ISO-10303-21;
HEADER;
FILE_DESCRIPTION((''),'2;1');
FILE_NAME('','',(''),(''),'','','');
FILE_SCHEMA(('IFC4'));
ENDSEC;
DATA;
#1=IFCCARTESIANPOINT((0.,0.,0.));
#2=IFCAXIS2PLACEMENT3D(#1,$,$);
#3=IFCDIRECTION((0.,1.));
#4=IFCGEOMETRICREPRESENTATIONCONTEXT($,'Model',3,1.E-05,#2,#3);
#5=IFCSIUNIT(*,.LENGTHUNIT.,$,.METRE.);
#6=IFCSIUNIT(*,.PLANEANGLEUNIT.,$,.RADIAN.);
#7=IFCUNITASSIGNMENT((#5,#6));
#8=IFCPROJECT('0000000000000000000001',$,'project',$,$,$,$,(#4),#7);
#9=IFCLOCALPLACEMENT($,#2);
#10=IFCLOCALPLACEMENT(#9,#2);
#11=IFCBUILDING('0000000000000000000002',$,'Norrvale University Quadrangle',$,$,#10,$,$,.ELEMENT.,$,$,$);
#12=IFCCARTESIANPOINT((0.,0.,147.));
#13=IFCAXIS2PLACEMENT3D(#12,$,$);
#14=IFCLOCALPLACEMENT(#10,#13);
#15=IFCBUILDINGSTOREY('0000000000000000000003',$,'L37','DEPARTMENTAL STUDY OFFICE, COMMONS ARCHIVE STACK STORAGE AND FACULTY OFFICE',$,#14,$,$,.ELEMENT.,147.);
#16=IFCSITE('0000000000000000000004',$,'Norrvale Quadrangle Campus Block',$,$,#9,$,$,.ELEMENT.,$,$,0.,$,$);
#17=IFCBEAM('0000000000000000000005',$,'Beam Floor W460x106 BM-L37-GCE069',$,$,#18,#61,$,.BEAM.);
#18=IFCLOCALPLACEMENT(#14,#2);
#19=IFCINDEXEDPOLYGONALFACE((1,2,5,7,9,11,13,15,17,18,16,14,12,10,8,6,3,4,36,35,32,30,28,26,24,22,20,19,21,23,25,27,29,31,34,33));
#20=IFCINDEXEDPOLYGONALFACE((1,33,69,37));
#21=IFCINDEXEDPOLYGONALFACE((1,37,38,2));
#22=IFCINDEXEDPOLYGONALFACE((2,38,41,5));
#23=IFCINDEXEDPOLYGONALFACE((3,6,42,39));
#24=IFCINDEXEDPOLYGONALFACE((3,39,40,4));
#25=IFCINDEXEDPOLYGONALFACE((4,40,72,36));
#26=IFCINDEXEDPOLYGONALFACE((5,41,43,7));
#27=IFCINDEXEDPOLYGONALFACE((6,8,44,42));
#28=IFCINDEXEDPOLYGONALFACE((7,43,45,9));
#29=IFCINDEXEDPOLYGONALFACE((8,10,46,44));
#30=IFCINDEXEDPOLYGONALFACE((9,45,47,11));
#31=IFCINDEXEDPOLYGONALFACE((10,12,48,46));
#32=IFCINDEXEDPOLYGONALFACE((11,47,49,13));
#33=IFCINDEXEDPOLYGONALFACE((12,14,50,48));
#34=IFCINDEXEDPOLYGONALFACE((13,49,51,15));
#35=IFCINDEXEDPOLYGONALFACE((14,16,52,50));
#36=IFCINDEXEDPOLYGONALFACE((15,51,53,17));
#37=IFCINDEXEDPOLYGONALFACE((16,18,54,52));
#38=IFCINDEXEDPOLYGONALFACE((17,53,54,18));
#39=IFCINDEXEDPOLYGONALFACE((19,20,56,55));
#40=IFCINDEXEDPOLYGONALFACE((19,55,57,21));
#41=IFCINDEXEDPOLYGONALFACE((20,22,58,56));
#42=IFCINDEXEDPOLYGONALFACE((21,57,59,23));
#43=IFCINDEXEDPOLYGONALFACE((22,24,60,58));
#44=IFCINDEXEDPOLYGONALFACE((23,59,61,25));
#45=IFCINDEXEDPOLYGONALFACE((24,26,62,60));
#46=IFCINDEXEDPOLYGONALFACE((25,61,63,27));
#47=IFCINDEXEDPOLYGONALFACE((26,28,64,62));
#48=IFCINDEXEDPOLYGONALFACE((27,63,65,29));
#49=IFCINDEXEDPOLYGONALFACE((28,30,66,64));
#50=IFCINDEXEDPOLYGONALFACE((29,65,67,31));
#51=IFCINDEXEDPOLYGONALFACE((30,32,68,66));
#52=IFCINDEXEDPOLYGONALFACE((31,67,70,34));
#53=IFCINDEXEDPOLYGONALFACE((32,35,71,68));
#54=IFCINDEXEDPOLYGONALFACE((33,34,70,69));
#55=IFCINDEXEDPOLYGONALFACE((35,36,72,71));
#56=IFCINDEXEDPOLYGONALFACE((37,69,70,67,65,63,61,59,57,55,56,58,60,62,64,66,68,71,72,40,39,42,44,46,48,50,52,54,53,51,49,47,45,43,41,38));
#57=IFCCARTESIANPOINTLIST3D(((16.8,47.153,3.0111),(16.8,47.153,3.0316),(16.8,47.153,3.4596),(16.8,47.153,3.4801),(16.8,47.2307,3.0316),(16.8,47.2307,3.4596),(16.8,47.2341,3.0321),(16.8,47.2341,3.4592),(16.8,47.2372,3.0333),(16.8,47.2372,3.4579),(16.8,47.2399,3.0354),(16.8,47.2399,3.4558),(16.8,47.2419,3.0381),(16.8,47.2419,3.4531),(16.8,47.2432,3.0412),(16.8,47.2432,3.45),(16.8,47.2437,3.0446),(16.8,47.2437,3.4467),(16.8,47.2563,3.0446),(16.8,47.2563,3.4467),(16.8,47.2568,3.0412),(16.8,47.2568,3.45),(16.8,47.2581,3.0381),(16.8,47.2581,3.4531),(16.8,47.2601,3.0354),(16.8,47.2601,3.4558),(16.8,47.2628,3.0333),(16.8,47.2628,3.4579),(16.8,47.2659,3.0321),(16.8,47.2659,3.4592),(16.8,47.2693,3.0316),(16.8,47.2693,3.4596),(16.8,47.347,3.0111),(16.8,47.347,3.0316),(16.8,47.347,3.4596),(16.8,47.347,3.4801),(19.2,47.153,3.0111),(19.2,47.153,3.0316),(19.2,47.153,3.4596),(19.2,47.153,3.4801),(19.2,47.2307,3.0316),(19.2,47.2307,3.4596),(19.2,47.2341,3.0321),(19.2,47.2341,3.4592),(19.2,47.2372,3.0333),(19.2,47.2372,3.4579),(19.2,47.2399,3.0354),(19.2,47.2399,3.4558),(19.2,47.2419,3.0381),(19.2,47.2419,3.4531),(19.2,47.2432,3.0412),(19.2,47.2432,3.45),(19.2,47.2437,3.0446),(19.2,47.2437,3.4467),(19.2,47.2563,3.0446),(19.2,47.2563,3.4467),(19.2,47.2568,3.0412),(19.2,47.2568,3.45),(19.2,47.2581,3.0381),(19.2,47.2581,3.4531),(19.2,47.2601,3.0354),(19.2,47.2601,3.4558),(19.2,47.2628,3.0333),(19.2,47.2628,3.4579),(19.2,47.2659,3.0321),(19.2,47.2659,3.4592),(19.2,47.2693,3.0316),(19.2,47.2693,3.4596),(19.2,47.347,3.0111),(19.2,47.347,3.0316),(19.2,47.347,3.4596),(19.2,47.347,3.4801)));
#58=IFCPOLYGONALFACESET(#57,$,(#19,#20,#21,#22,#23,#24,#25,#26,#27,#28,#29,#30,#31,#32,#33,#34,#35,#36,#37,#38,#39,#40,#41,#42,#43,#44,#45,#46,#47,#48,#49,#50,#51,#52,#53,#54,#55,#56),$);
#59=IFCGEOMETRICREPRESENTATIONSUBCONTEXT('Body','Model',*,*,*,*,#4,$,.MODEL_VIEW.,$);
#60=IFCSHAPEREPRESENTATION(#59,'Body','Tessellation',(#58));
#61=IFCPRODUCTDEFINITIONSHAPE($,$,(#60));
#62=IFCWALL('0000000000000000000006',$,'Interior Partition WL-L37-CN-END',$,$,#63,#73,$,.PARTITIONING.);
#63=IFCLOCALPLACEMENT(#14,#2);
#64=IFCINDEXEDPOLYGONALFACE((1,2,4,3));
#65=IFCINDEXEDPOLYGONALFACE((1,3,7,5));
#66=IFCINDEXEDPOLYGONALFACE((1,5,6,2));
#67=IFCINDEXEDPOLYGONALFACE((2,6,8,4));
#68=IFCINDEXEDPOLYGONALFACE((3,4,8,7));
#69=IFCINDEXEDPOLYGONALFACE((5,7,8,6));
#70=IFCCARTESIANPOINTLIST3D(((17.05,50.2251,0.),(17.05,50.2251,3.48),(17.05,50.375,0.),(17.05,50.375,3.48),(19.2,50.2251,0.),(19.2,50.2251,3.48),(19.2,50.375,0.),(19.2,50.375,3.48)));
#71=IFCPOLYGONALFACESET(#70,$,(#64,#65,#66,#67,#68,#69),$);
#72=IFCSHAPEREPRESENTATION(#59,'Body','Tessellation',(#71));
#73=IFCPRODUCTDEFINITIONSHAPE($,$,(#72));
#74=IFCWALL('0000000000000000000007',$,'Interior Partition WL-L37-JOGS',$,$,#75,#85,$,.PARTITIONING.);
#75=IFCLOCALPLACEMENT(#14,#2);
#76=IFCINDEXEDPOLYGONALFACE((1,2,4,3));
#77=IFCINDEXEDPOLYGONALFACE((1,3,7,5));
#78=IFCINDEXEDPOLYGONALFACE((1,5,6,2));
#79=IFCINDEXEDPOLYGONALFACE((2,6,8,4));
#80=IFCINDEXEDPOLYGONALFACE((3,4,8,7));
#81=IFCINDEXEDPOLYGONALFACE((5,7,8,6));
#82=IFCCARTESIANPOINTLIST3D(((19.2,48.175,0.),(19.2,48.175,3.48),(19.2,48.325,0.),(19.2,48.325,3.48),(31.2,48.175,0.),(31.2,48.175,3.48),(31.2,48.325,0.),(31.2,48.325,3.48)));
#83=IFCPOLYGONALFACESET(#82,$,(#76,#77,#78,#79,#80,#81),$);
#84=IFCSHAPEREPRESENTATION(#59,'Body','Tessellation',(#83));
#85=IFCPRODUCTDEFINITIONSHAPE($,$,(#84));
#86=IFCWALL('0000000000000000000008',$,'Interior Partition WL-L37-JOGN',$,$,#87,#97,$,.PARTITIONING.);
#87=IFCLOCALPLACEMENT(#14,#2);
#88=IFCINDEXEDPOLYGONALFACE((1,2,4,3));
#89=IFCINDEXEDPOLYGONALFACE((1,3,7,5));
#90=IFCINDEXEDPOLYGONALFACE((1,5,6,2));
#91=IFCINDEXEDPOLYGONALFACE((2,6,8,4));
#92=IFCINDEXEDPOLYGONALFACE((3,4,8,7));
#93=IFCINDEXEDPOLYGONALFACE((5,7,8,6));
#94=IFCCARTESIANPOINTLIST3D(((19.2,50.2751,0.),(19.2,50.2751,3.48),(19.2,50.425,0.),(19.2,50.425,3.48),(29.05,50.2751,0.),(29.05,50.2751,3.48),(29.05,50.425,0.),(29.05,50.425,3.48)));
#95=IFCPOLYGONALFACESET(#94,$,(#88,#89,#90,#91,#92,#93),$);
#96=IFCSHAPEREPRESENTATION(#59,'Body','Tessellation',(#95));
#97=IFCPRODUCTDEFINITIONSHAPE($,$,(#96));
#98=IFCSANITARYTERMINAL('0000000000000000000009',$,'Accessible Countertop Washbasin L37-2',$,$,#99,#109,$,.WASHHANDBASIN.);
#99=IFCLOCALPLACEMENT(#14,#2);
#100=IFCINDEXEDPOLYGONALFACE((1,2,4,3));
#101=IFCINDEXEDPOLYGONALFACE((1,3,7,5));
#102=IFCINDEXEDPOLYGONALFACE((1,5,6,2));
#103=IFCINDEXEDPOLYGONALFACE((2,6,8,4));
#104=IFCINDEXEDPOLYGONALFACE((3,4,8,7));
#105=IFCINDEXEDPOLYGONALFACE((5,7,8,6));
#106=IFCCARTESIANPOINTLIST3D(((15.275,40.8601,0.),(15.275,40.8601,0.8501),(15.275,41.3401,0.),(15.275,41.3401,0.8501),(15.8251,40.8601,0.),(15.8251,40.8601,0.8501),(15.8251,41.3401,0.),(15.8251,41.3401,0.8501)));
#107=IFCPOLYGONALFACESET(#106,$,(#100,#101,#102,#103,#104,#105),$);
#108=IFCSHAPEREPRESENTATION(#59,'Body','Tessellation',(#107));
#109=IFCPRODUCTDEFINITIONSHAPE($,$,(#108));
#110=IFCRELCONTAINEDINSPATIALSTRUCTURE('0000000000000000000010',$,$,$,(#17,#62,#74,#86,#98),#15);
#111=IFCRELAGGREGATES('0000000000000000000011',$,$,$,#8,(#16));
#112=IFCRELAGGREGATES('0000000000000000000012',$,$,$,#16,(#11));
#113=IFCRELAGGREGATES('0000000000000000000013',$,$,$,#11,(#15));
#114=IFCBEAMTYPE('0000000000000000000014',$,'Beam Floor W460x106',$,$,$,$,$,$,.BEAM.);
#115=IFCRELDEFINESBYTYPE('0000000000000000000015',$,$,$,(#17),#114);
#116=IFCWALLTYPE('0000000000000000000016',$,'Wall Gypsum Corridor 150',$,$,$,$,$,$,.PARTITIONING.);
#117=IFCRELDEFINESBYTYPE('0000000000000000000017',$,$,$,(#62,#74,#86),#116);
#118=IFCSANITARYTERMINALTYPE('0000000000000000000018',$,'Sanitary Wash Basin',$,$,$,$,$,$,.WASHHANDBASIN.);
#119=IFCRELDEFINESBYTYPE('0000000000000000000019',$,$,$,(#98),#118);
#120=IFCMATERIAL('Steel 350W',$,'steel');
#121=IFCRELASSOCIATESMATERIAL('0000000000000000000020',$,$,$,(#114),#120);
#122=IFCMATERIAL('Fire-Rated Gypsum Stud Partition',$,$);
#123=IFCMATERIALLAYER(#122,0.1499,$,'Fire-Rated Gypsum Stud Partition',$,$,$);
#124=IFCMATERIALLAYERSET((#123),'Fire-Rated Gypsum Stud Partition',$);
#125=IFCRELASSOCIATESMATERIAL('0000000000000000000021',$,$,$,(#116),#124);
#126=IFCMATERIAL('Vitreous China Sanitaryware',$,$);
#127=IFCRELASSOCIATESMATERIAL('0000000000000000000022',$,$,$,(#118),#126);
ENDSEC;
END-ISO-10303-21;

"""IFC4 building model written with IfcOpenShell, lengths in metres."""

from ifc_helpers import new_model, si_unit, direction, frame, frame_2d, origin, origin_2d, place, context, subcontext, project, spatial, rectangle, i_section, extrude, material, layer, layer_set, material_profile, profile_set, type_object, element, save


model = new_model("IFC4")

# Units and contexts
model_context = context("Model", 3, precision=1e-05, world=origin(), true_north=direction((0.0, 1.0)))
body_context = subcontext(model_context, "Body", "Model", "MODEL_VIEW")
ifc_project = project(units=[si_unit("LENGTHUNIT", "METRE"), si_unit("PLANEANGLEUNIT", "RADIAN")], contexts=[model_context])

# Site, building, storey
site_placement = place(None, origin())
site = spatial("IfcSite", under=ifc_project, at=site_placement, Name="Norrvale Quadrangle Campus Block", CompositionType="ELEMENT", RefElevation=0.0)
building_placement = place(site_placement, origin())
building = spatial("IfcBuilding", under=site, at=building_placement, Name="Norrvale University Quadrangle", CompositionType="ELEMENT")
storey_placement = place(building_placement, frame((0.0, 0.0, 147.0)))
storey = spatial("IfcBuildingStorey", under=building, at=storey_placement, Name="L37", Description="DEPARTMENTAL STUDY OFFICE, COMMONS ARCHIVE STACK STORAGE AND FACULTY OFFICE", CompositionType="ELEMENT", Elevation=147.0)

# Beam
ifc_material_1 = material(Name="Steel 350W", Category="steel")
ifc_material_profile_1 = material_profile(ifc_material_1, i_section(OverallWidth=0.1941, OverallDepth=0.469, WebThickness=0.0127, FlangeThickness=0.0205, FilletRadius=0.0129, at=origin_2d()), Name="Steel 350W")
ifc_profile_set_1 = profile_set([ifc_material_profile_1], Name="Steel 350W")
beam_type_1 = type_object("IfcBeamType", Name="Beam Floor W460x106", PredefinedType="BEAM", material=ifc_profile_set_1)
beam_1_placement = place(storey_placement, frame((16.8, 47.25, 3.2456), z_axis=(1.0, 0.0, 0.0), x_axis=(0.0, 1.0, 0.0)))
element("IfcBeam", 1, at=beam_1_placement, inside=storey, type_object=beam_type_1, Name="Beam Floor W460x106 BM-L37-GCE069", PredefinedType="BEAM", context=body_context, shape_type="SweptSolid", body=[
    extrude(i_section(OverallWidth=0.1941, OverallDepth=0.469, WebThickness=0.0127, FlangeThickness=0.0205, FilletRadius=0.0129, at=origin_2d()), origin(), (0.0, 0.0, 1.0), 2.3999),
])

# Walls
ifc_material_2 = material(Name="Fire-Rated Gypsum Stud Partition")
ifc_layer = layer(ifc_material_2, 0.1499, Name="Fire-Rated Gypsum Stud Partition")
ifc_layer_set = layer_set([ifc_layer], Name="Fire-Rated Gypsum Stud Partition")
wall_type = type_object("IfcWallType", Name="Wall Gypsum Corridor 150", PredefinedType="PARTITIONING", material=ifc_layer_set)
wall_1_placement = place(storey_placement, frame((17.05, 50.3, 0.0), z_axis=(0.0, 0.0, 1.0), x_axis=(1.0, 0.0, 0.0)))
element("IfcWall", 2, at=wall_1_placement, inside=storey, type_object=wall_type, Name="Interior Partition WL-L37-CN-END", PredefinedType="PARTITIONING", context=body_context, shape_type="SweptSolid", body=[
    extrude(rectangle(XDim=2.1499, YDim=0.1499, at=frame_2d((1.075, 0.0))), origin(), (0.0, 0.0, 1.0), 3.48),
])
wall_2_placement = place(storey_placement, frame((19.2, 48.25, 0.0), z_axis=(0.0, 0.0, 1.0), x_axis=(1.0, 0.0, 0.0)))
element("IfcWall", 3, at=wall_2_placement, inside=storey, type_object=wall_type, Name="Interior Partition WL-L37-JOGS", PredefinedType="PARTITIONING", context=body_context, shape_type="SweptSolid", body=[
    extrude(rectangle(XDim=12.0, YDim=0.1499, at=frame_2d((6.0, 0.0))), origin(), (0.0, 0.0, 1.0), 3.48),
])
wall_3_placement = place(storey_placement, frame((19.2, 50.3501, 0.0), z_axis=(0.0, 0.0, 1.0), x_axis=(1.0, 0.0, 0.0)))
element("IfcWall", 4, at=wall_3_placement, inside=storey, type_object=wall_type, Name="Interior Partition WL-L37-JOGN", PredefinedType="PARTITIONING", context=body_context, shape_type="SweptSolid", body=[
    extrude(rectangle(XDim=9.8501, YDim=0.1499, at=frame_2d((4.925, 0.0))), origin(), (0.0, 0.0, 1.0), 3.48),
])

# Sanitary terminal
ifc_material_3 = material(Name="Vitreous China Sanitaryware")
sanitary_terminal_type = type_object("IfcSanitaryTerminalType", Name="Sanitary Wash Basin", PredefinedType="WASHHANDBASIN", material=ifc_material_3)
sanitary_terminal_placement = place(storey_placement, frame((15.55, 41.1001, 0.0), z_axis=(0.0, 0.0, 1.0), x_axis=(1.0, 0.0, 0.0)))
element("IfcSanitaryTerminal", 5, at=sanitary_terminal_placement, inside=storey, type_object=sanitary_terminal_type, Name="Accessible Countertop Washbasin L37-2", PredefinedType="WASHHANDBASIN", context=body_context, shape_type="SweptSolid", body=[
    extrude(rectangle(XDim=0.55, YDim=0.48, at=origin_2d()), origin(), (0.0, 0.0, 1.0), 0.8501),
])

save(model, "model.ifc")
